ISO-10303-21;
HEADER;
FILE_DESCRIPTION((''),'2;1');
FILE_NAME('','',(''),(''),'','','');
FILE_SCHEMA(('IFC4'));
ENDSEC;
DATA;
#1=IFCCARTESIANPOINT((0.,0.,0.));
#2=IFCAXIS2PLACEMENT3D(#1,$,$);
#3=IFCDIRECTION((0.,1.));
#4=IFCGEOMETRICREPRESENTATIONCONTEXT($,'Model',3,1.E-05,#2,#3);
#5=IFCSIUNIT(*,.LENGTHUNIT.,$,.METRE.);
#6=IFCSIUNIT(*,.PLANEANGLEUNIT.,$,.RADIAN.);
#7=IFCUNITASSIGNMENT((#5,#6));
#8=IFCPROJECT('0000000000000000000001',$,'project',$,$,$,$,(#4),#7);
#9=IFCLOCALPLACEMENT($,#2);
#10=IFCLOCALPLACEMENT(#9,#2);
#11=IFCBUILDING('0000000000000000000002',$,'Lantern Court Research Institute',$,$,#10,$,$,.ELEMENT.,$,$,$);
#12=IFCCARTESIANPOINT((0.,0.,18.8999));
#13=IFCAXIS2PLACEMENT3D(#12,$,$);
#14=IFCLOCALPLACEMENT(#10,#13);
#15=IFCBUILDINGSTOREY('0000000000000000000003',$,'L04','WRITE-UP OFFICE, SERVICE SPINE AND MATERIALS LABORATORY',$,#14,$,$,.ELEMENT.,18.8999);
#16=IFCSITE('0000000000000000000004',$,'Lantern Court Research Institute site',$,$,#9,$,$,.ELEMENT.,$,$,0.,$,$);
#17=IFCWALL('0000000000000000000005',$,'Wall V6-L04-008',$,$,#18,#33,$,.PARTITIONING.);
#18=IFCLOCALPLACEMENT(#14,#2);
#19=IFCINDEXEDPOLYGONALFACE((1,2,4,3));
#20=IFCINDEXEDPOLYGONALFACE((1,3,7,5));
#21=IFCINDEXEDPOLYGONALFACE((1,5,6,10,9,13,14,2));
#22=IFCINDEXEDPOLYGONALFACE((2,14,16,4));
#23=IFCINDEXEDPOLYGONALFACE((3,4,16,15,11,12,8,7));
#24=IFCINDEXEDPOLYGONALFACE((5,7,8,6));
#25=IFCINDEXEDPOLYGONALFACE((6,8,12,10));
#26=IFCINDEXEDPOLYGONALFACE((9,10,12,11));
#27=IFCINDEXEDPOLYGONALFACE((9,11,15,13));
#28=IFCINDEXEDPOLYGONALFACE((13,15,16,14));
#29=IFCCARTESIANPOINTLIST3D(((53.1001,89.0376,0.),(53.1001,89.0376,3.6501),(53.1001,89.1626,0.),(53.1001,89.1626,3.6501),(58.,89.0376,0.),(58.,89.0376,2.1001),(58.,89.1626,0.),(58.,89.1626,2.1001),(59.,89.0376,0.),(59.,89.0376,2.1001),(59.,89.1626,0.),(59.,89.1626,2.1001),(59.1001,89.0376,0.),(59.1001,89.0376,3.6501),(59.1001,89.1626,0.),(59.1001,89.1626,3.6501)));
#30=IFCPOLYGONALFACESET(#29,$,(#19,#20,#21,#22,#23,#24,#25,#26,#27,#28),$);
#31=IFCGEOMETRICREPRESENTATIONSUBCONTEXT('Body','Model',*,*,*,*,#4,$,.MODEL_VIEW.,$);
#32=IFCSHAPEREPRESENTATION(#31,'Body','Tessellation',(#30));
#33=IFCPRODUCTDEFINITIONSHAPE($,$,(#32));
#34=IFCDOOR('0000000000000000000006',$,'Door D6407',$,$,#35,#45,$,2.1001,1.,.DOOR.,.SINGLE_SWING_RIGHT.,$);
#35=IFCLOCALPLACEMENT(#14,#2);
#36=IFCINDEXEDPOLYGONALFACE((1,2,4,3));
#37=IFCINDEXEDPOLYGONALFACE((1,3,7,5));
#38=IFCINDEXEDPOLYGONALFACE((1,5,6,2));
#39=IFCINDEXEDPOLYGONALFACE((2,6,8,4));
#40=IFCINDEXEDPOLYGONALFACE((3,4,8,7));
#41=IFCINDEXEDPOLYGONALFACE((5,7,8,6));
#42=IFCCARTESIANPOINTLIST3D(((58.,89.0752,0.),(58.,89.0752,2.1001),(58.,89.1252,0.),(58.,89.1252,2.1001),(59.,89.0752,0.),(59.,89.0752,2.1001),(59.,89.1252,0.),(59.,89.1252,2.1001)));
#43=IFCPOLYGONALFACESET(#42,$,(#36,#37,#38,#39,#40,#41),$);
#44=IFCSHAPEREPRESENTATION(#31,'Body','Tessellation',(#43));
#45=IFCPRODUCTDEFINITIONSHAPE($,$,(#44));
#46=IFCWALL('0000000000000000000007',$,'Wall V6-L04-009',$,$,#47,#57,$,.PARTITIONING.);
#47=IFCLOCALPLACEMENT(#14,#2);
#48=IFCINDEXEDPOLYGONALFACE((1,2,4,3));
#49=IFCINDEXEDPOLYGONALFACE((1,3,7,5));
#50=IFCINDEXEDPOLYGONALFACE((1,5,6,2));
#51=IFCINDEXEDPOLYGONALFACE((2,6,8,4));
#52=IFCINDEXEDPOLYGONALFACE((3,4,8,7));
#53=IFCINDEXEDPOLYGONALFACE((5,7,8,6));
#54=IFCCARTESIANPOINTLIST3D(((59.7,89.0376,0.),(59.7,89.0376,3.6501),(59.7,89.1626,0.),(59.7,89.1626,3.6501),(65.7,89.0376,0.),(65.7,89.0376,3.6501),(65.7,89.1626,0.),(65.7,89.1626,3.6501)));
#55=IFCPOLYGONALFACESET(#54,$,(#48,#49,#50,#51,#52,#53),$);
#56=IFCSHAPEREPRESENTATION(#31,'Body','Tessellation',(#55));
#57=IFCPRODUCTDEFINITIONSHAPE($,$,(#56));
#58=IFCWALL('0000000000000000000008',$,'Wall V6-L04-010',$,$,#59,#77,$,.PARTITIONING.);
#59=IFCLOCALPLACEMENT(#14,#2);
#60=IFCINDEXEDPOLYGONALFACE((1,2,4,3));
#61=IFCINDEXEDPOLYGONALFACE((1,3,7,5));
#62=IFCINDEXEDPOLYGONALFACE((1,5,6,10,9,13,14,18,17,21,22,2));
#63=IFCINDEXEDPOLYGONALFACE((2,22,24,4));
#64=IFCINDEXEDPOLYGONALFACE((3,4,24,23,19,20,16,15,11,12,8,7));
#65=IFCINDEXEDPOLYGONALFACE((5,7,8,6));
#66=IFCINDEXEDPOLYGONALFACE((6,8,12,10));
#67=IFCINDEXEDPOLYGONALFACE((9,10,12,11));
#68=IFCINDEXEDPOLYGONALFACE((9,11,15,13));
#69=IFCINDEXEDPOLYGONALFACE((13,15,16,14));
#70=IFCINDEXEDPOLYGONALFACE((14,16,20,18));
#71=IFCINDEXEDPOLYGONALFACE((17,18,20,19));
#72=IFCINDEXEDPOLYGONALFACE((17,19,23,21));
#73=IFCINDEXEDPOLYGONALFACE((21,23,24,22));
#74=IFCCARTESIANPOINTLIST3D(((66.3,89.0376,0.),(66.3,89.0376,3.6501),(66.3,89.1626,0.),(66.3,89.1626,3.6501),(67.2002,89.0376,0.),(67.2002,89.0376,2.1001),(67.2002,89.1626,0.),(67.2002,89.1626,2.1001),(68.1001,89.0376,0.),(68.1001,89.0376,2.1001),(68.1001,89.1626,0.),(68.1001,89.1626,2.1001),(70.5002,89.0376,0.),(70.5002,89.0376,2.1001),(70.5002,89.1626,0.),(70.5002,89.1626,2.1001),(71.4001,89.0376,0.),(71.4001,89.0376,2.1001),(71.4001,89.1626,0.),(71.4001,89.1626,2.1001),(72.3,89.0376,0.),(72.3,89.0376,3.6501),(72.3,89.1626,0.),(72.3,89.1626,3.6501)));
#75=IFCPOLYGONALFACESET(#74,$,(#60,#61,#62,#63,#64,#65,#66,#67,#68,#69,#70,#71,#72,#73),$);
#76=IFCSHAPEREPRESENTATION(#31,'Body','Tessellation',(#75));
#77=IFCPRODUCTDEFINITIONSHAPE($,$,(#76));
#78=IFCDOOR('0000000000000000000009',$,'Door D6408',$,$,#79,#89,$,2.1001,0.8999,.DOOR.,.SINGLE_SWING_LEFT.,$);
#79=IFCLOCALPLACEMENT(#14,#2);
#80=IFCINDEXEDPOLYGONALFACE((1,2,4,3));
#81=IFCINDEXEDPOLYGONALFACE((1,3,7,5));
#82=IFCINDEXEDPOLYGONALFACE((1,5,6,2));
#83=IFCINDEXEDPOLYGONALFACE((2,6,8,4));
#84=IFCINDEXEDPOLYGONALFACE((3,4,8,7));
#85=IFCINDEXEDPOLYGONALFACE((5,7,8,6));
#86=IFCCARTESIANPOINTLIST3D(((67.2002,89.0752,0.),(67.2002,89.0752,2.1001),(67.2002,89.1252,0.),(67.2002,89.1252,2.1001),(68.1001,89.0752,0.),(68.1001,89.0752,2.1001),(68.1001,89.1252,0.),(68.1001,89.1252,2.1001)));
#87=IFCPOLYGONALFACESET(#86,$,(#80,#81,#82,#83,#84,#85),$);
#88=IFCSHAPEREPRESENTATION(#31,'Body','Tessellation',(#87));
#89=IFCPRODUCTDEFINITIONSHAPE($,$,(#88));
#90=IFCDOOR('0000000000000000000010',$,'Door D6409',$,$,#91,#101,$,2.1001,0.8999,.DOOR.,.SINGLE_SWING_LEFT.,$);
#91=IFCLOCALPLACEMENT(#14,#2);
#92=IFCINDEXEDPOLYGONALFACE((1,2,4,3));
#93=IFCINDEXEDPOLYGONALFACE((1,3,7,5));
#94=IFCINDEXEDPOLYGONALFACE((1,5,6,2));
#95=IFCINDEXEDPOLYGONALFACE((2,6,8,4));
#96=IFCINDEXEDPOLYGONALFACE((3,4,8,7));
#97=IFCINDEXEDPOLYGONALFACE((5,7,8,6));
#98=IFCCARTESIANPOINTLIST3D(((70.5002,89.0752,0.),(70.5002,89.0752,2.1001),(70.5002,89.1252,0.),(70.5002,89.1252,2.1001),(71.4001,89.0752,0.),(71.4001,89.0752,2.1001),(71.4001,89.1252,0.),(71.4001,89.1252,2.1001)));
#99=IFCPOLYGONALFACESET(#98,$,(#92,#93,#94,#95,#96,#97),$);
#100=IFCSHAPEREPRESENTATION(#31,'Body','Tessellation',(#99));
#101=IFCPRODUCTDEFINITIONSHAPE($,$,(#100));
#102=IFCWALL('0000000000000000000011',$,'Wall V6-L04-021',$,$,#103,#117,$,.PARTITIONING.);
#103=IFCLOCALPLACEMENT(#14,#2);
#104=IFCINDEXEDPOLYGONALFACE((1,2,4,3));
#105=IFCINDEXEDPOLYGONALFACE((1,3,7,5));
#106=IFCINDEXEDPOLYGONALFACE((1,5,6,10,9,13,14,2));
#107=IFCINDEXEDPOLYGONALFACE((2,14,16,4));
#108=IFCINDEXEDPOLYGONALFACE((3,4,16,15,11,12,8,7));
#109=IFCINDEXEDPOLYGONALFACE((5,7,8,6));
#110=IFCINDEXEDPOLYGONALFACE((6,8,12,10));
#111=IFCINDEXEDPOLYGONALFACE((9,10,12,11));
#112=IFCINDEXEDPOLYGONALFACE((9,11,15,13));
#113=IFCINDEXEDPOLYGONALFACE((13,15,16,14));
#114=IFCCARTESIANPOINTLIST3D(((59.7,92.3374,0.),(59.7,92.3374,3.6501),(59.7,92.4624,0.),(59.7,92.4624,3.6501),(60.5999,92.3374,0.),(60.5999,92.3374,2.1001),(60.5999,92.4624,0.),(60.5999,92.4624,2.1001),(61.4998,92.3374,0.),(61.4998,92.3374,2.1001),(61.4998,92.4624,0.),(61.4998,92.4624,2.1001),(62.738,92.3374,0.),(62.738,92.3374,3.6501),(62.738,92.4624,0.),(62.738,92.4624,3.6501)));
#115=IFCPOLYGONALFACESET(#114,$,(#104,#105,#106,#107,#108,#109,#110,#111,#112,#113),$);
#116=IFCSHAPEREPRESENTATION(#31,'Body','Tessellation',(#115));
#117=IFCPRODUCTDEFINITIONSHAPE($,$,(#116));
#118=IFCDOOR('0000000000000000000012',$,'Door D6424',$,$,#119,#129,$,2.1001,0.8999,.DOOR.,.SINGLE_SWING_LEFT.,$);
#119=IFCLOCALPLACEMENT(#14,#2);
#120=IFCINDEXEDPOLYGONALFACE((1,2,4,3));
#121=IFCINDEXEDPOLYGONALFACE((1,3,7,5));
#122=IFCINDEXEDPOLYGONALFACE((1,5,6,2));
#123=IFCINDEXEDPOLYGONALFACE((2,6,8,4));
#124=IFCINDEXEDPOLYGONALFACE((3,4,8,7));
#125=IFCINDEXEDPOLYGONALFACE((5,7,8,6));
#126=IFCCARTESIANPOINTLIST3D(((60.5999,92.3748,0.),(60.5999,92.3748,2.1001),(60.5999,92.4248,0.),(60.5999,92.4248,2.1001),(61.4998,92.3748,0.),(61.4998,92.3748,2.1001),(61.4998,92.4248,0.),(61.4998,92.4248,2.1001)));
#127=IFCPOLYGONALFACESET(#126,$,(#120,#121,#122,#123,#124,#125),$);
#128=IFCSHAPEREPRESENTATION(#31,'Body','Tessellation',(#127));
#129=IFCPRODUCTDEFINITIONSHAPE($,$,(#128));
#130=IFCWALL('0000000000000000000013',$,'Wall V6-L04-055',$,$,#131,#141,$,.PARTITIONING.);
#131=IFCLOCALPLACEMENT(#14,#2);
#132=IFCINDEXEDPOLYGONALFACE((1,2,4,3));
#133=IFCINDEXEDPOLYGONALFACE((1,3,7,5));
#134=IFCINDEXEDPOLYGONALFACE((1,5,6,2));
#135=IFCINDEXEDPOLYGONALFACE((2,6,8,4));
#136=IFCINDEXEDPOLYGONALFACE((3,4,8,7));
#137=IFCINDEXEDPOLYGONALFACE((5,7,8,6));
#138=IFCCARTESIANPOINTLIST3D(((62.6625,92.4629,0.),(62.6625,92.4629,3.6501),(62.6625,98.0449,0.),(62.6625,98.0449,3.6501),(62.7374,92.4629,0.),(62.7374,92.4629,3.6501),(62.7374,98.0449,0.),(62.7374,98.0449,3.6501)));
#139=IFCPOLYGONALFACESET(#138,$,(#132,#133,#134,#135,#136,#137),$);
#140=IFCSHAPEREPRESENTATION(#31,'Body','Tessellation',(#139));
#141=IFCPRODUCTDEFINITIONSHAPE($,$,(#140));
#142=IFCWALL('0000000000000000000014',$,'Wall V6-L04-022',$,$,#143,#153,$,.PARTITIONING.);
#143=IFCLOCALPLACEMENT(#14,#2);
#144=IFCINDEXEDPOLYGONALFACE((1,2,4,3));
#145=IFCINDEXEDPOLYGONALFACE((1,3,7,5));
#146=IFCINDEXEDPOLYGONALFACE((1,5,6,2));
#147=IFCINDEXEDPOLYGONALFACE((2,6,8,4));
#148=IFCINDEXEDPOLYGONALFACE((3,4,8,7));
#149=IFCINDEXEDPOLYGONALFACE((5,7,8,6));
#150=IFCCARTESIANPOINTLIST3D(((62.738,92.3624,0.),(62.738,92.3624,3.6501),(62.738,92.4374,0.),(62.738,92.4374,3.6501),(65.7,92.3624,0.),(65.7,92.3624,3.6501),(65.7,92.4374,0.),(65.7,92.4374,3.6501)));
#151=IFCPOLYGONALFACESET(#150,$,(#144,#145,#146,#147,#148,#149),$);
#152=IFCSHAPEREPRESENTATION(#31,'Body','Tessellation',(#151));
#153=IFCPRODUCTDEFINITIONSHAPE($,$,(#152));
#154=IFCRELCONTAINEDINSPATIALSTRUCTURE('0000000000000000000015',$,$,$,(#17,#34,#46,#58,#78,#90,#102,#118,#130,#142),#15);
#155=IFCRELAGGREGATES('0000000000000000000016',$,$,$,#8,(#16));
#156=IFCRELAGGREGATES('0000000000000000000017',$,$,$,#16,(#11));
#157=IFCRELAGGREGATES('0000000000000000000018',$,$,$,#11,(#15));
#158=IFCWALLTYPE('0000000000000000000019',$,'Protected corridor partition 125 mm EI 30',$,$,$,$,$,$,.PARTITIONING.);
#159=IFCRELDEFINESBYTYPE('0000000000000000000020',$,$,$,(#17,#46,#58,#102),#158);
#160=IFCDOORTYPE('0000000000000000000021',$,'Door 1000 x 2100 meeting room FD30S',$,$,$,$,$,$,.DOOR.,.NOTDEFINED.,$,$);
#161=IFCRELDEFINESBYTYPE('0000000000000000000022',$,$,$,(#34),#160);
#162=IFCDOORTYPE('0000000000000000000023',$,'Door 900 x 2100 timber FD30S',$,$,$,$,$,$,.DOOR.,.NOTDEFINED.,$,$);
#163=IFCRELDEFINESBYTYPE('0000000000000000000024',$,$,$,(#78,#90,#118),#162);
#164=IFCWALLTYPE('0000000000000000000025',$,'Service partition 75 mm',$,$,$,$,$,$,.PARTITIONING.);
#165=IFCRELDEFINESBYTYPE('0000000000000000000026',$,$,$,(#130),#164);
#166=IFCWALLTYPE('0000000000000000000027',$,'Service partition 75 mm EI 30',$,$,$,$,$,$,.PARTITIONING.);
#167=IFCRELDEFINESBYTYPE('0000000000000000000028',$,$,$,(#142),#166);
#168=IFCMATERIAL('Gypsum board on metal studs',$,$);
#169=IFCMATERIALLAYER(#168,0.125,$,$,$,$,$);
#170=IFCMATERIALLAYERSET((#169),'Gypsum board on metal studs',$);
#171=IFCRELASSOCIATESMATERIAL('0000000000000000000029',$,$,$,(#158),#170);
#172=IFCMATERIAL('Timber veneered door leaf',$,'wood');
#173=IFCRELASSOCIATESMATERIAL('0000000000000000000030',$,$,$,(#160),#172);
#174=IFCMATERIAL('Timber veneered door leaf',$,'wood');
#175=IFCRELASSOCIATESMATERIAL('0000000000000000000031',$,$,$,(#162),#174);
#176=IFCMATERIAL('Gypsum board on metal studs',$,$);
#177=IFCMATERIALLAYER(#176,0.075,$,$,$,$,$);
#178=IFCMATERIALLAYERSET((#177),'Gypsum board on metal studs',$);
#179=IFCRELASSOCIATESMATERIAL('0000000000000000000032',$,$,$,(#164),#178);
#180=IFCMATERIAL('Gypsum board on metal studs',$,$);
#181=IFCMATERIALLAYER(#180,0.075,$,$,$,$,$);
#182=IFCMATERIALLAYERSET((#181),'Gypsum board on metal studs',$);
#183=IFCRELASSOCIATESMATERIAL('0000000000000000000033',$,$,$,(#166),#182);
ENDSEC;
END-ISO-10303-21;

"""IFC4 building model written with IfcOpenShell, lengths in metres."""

from ifc_helpers import new_model, si_unit, direction, frame, frame_2d, origin, place, context, subcontext, project, spatial, rectangle, extrude, material, layer, layer_set, type_object, element, fill, save


model = new_model("IFC4")

# Units and contexts
model_context = context("Model", 3, precision=1e-05, world=origin(), true_north=direction((0.0, 1.0)))
body_context = subcontext(model_context, "Body", "Model", "MODEL_VIEW")
ifc_project = project(units=[si_unit("LENGTHUNIT", "METRE"), si_unit("PLANEANGLEUNIT", "RADIAN")], contexts=[model_context])

# Site, building, storey
site_placement = place(None, origin())
site = spatial("IfcSite", under=ifc_project, at=site_placement, Name="Lantern Court Research Institute site", CompositionType="ELEMENT", RefElevation=0.0)
building_placement = place(site_placement, origin())
building = spatial("IfcBuilding", under=site, at=building_placement, Name="Lantern Court Research Institute", CompositionType="ELEMENT")
storey_placement = place(building_placement, frame((0.0, 0.0, 18.8999)))
storey = spatial("IfcBuildingStorey", under=building, at=storey_placement, Name="L04", Description="WRITE-UP OFFICE, SERVICE SPINE AND MATERIALS LABORATORY", CompositionType="ELEMENT", Elevation=18.8999)

# Wall, opening, door
ifc_material_1 = material(Name="Gypsum board on metal studs")
ifc_layer_1 = layer(ifc_material_1, 0.125)
ifc_layer_set_1 = layer_set([ifc_layer_1], Name="Gypsum board on metal studs")
wall_type_1 = type_object("IfcWallType", Name="Protected corridor partition 125 mm EI 30", PredefinedType="PARTITIONING", material=ifc_layer_set_1)
wall_1_placement = place(storey_placement, frame((59.1001, 89.1001, 0.0), z_axis=(0.0, 0.0, 1.0), x_axis=(-1.0, 0.0, 0.0)))
wall_1 = element("IfcWall", 1, at=wall_1_placement, inside=storey, type_object=wall_type_1, Name="Wall V6-L04-008", PredefinedType="PARTITIONING", context=body_context, shape_type="SweptSolid", body=[
    extrude(rectangle(XDim=6.0, YDim=0.125, at=frame_2d((3.0, 0.0))), origin(), (0.0, 0.0, 1.0), 3.6501),
])
opening_1_placement = place(wall_1_placement, frame((0.1001, 0.0, 0.0)))
opening_1 = element("IfcOpeningElement", 2, at=opening_1_placement, cuts=wall_1, PredefinedType="OPENING", context=body_context, shape_type="SweptSolid", body=[
    extrude(rectangle(XDim=1.0, YDim=2.1001, at=frame_2d((0.5, 1.05))), frame((0.0, 0.0725, 0.0), z_axis=(0.0, -1.0, 0.0), x_axis=(1.0, 0.0, 0.0)), (0.0, 0.0, 1.0), 0.145),
])
ifc_material_2 = material(Name="Timber veneered door leaf", Category="wood")
door_type_1 = type_object("IfcDoorType", Name="Door 1000 x 2100 meeting room FD30S", OperationType="NOTDEFINED", PredefinedType="DOOR", material=ifc_material_2)
door_1_placement = place(opening_1_placement, origin())
door_1 = element("IfcDoor", 3, at=door_1_placement, inside=storey, type_object=door_type_1, Name="Door D6407", OperationType="SINGLE_SWING_RIGHT", OverallHeight=2.1001, OverallWidth=1.0, PredefinedType="DOOR", context=body_context, shape_type="SweptSolid", body=[
    extrude(rectangle(XDim=1.0, YDim=2.1001, at=frame_2d((0.5, 1.05))), frame((0.0, 0.0249, 0.0), z_axis=(0.0, -1.0, 0.0), x_axis=(1.0, 0.0, 0.0)), (0.0, 0.0, 1.0), 0.05),
])
fill(opening_1, door_1)

# Wall
wall_2_placement = place(storey_placement, frame((59.7, 89.1001, 0.0), z_axis=(0.0, 0.0, 1.0), x_axis=(1.0, 0.0, 0.0)))
element("IfcWall", 4, at=wall_2_placement, inside=storey, type_object=wall_type_1, Name="Wall V6-L04-009", PredefinedType="PARTITIONING", context=body_context, shape_type="SweptSolid", body=[
    extrude(rectangle(XDim=6.0, YDim=0.125, at=frame_2d((3.0, 0.0))), origin(), (0.0, 0.0, 1.0), 3.6501),
])

# Wall, openings, doors
wall_3_placement = place(storey_placement, frame((72.3, 89.1001, 0.0), z_axis=(0.0, 0.0, 1.0), x_axis=(-1.0, 0.0, 0.0)))
wall_3 = element("IfcWall", 5, at=wall_3_placement, inside=storey, type_object=wall_type_1, Name="Wall V6-L04-010", PredefinedType="PARTITIONING", context=body_context, shape_type="SweptSolid", body=[
    extrude(rectangle(XDim=6.0, YDim=0.125, at=frame_2d((3.0, 0.0))), origin(), (0.0, 0.0, 1.0), 3.6501),
])
opening_2_placement = place(wall_3_placement, frame((4.2, 0.0, 0.0)))
opening_2 = element("IfcOpeningElement", 6, at=opening_2_placement, cuts=wall_3, PredefinedType="OPENING", context=body_context, shape_type="SweptSolid", body=[
    extrude(rectangle(XDim=0.8999, YDim=2.1001, at=frame_2d((0.45, 1.05))), frame((0.0, 0.0725, 0.0), z_axis=(0.0, -1.0, 0.0), x_axis=(1.0, 0.0, 0.0)), (0.0, 0.0, 1.0), 0.145),
])
opening_3_placement = place(wall_3_placement, frame((0.8999, 0.0, 0.0)))
opening_3 = element("IfcOpeningElement", 7, at=opening_3_placement, cuts=wall_3, PredefinedType="OPENING", context=body_context, shape_type="SweptSolid", body=[
    extrude(rectangle(XDim=0.8999, YDim=2.1001, at=frame_2d((0.45, 1.05))), frame((0.0, 0.0725, 0.0), z_axis=(0.0, -1.0, 0.0), x_axis=(1.0, 0.0, 0.0)), (0.0, 0.0, 1.0), 0.145),
])
ifc_material_3 = material(Name="Timber veneered door leaf", Category="wood")
door_type_2 = type_object("IfcDoorType", Name="Door 900 x 2100 timber FD30S", OperationType="NOTDEFINED", PredefinedType="DOOR", material=ifc_material_3)
door_2_placement = place(opening_2_placement, origin())
door_2 = element("IfcDoor", 8, at=door_2_placement, inside=storey, type_object=door_type_2, Name="Door D6408", OperationType="SINGLE_SWING_LEFT", OverallHeight=2.1001, OverallWidth=0.8999, PredefinedType="DOOR", context=body_context, shape_type="SweptSolid", body=[
    extrude(rectangle(XDim=0.8999, YDim=2.1001, at=frame_2d((0.45, 1.05))), frame((0.0, 0.0249, 0.0), z_axis=(0.0, -1.0, 0.0), x_axis=(1.0, 0.0, 0.0)), (0.0, 0.0, 1.0), 0.05),
])
fill(opening_2, door_2)
door_3_placement = place(opening_3_placement, origin())
door_3 = element("IfcDoor", 9, at=door_3_placement, inside=storey, type_object=door_type_2, Name="Door D6409", OperationType="SINGLE_SWING_LEFT", OverallHeight=2.1001, OverallWidth=0.8999, PredefinedType="DOOR", context=body_context, shape_type="SweptSolid", body=[
    extrude(rectangle(XDim=0.8999, YDim=2.1001, at=frame_2d((0.45, 1.05))), frame((0.0, 0.0249, 0.0), z_axis=(0.0, -1.0, 0.0), x_axis=(1.0, 0.0, 0.0)), (0.0, 0.0, 1.0), 0.05),
])
fill(opening_3, door_3)

# Wall, opening, door
wall_4_placement = place(storey_placement, frame((59.7, 92.3999, 0.0), z_axis=(0.0, 0.0, 1.0), x_axis=(1.0, 0.0, 0.0)))
wall_4 = element("IfcWall", 10, at=wall_4_placement, inside=storey, type_object=wall_type_1, Name="Wall V6-L04-021", PredefinedType="PARTITIONING", context=body_context, shape_type="SweptSolid", body=[
    extrude(rectangle(XDim=3.0381, YDim=0.125, at=frame_2d((1.519, 0.0))), origin(), (0.0, 0.0, 1.0), 3.6501),
])
opening_4_placement = place(wall_4_placement, frame((0.8999, 0.0, 0.0)))
opening_4 = element("IfcOpeningElement", 11, at=opening_4_placement, cuts=wall_4, PredefinedType="OPENING", context=body_context, shape_type="SweptSolid", body=[
    extrude(rectangle(XDim=0.8999, YDim=2.1001, at=frame_2d((0.45, 1.05))), frame((0.0, 0.0725, 0.0), z_axis=(0.0, -1.0, 0.0), x_axis=(1.0, 0.0, 0.0)), (0.0, 0.0, 1.0), 0.145),
])
door_4_placement = place(opening_4_placement, origin())
door_4 = element("IfcDoor", 12, at=door_4_placement, inside=storey, type_object=door_type_2, Name="Door D6424", OperationType="SINGLE_SWING_LEFT", OverallHeight=2.1001, OverallWidth=0.8999, PredefinedType="DOOR", context=body_context, shape_type="SweptSolid", body=[
    extrude(rectangle(XDim=0.8999, YDim=2.1001, at=frame_2d((0.45, 1.05))), frame((0.0, 0.0249, 0.0), z_axis=(0.0, -1.0, 0.0), x_axis=(1.0, 0.0, 0.0)), (0.0, 0.0, 1.0), 0.05),
])
fill(opening_4, door_4)

# Walls
ifc_material_4 = material(Name="Gypsum board on metal studs")
ifc_layer_2 = layer(ifc_material_4, 0.075)
ifc_layer_set_2 = layer_set([ifc_layer_2], Name="Gypsum board on metal studs")
wall_type_2 = type_object("IfcWallType", Name="Service partition 75 mm", PredefinedType="PARTITIONING", material=ifc_layer_set_2)
wall_5_placement = place(storey_placement, frame((62.7, 92.4629, 0.0), z_axis=(0.0, 0.0, 1.0), x_axis=(0.0, 1.0, 0.0)))
element("IfcWall", 13, at=wall_5_placement, inside=storey, type_object=wall_type_2, Name="Wall V6-L04-055", PredefinedType="PARTITIONING", context=body_context, shape_type="SweptSolid", body=[
    extrude(rectangle(XDim=5.582, YDim=0.075, at=frame_2d((2.791, 0.0))), origin(), (0.0, 0.0, 1.0), 3.6501),
])
ifc_material_5 = material(Name="Gypsum board on metal studs")
ifc_layer_3 = layer(ifc_material_5, 0.075)
ifc_layer_set_3 = layer_set([ifc_layer_3], Name="Gypsum board on metal studs")
wall_type_3 = type_object("IfcWallType", Name="Service partition 75 mm EI 30", PredefinedType="PARTITIONING", material=ifc_layer_set_3)
wall_6_placement = place(storey_placement, frame((62.738, 92.3999, 0.0), z_axis=(0.0, 0.0, 1.0), x_axis=(1.0, 0.0, 0.0)))
element("IfcWall", 14, at=wall_6_placement, inside=storey, type_object=wall_type_3, Name="Wall V6-L04-022", PredefinedType="PARTITIONING", context=body_context, shape_type="SweptSolid", body=[
    extrude(rectangle(XDim=2.9619, YDim=0.075, at=frame_2d((1.481, 0.0))), origin(), (0.0, 0.0, 1.0), 3.6501),
])

save(model, "model.ifc")
